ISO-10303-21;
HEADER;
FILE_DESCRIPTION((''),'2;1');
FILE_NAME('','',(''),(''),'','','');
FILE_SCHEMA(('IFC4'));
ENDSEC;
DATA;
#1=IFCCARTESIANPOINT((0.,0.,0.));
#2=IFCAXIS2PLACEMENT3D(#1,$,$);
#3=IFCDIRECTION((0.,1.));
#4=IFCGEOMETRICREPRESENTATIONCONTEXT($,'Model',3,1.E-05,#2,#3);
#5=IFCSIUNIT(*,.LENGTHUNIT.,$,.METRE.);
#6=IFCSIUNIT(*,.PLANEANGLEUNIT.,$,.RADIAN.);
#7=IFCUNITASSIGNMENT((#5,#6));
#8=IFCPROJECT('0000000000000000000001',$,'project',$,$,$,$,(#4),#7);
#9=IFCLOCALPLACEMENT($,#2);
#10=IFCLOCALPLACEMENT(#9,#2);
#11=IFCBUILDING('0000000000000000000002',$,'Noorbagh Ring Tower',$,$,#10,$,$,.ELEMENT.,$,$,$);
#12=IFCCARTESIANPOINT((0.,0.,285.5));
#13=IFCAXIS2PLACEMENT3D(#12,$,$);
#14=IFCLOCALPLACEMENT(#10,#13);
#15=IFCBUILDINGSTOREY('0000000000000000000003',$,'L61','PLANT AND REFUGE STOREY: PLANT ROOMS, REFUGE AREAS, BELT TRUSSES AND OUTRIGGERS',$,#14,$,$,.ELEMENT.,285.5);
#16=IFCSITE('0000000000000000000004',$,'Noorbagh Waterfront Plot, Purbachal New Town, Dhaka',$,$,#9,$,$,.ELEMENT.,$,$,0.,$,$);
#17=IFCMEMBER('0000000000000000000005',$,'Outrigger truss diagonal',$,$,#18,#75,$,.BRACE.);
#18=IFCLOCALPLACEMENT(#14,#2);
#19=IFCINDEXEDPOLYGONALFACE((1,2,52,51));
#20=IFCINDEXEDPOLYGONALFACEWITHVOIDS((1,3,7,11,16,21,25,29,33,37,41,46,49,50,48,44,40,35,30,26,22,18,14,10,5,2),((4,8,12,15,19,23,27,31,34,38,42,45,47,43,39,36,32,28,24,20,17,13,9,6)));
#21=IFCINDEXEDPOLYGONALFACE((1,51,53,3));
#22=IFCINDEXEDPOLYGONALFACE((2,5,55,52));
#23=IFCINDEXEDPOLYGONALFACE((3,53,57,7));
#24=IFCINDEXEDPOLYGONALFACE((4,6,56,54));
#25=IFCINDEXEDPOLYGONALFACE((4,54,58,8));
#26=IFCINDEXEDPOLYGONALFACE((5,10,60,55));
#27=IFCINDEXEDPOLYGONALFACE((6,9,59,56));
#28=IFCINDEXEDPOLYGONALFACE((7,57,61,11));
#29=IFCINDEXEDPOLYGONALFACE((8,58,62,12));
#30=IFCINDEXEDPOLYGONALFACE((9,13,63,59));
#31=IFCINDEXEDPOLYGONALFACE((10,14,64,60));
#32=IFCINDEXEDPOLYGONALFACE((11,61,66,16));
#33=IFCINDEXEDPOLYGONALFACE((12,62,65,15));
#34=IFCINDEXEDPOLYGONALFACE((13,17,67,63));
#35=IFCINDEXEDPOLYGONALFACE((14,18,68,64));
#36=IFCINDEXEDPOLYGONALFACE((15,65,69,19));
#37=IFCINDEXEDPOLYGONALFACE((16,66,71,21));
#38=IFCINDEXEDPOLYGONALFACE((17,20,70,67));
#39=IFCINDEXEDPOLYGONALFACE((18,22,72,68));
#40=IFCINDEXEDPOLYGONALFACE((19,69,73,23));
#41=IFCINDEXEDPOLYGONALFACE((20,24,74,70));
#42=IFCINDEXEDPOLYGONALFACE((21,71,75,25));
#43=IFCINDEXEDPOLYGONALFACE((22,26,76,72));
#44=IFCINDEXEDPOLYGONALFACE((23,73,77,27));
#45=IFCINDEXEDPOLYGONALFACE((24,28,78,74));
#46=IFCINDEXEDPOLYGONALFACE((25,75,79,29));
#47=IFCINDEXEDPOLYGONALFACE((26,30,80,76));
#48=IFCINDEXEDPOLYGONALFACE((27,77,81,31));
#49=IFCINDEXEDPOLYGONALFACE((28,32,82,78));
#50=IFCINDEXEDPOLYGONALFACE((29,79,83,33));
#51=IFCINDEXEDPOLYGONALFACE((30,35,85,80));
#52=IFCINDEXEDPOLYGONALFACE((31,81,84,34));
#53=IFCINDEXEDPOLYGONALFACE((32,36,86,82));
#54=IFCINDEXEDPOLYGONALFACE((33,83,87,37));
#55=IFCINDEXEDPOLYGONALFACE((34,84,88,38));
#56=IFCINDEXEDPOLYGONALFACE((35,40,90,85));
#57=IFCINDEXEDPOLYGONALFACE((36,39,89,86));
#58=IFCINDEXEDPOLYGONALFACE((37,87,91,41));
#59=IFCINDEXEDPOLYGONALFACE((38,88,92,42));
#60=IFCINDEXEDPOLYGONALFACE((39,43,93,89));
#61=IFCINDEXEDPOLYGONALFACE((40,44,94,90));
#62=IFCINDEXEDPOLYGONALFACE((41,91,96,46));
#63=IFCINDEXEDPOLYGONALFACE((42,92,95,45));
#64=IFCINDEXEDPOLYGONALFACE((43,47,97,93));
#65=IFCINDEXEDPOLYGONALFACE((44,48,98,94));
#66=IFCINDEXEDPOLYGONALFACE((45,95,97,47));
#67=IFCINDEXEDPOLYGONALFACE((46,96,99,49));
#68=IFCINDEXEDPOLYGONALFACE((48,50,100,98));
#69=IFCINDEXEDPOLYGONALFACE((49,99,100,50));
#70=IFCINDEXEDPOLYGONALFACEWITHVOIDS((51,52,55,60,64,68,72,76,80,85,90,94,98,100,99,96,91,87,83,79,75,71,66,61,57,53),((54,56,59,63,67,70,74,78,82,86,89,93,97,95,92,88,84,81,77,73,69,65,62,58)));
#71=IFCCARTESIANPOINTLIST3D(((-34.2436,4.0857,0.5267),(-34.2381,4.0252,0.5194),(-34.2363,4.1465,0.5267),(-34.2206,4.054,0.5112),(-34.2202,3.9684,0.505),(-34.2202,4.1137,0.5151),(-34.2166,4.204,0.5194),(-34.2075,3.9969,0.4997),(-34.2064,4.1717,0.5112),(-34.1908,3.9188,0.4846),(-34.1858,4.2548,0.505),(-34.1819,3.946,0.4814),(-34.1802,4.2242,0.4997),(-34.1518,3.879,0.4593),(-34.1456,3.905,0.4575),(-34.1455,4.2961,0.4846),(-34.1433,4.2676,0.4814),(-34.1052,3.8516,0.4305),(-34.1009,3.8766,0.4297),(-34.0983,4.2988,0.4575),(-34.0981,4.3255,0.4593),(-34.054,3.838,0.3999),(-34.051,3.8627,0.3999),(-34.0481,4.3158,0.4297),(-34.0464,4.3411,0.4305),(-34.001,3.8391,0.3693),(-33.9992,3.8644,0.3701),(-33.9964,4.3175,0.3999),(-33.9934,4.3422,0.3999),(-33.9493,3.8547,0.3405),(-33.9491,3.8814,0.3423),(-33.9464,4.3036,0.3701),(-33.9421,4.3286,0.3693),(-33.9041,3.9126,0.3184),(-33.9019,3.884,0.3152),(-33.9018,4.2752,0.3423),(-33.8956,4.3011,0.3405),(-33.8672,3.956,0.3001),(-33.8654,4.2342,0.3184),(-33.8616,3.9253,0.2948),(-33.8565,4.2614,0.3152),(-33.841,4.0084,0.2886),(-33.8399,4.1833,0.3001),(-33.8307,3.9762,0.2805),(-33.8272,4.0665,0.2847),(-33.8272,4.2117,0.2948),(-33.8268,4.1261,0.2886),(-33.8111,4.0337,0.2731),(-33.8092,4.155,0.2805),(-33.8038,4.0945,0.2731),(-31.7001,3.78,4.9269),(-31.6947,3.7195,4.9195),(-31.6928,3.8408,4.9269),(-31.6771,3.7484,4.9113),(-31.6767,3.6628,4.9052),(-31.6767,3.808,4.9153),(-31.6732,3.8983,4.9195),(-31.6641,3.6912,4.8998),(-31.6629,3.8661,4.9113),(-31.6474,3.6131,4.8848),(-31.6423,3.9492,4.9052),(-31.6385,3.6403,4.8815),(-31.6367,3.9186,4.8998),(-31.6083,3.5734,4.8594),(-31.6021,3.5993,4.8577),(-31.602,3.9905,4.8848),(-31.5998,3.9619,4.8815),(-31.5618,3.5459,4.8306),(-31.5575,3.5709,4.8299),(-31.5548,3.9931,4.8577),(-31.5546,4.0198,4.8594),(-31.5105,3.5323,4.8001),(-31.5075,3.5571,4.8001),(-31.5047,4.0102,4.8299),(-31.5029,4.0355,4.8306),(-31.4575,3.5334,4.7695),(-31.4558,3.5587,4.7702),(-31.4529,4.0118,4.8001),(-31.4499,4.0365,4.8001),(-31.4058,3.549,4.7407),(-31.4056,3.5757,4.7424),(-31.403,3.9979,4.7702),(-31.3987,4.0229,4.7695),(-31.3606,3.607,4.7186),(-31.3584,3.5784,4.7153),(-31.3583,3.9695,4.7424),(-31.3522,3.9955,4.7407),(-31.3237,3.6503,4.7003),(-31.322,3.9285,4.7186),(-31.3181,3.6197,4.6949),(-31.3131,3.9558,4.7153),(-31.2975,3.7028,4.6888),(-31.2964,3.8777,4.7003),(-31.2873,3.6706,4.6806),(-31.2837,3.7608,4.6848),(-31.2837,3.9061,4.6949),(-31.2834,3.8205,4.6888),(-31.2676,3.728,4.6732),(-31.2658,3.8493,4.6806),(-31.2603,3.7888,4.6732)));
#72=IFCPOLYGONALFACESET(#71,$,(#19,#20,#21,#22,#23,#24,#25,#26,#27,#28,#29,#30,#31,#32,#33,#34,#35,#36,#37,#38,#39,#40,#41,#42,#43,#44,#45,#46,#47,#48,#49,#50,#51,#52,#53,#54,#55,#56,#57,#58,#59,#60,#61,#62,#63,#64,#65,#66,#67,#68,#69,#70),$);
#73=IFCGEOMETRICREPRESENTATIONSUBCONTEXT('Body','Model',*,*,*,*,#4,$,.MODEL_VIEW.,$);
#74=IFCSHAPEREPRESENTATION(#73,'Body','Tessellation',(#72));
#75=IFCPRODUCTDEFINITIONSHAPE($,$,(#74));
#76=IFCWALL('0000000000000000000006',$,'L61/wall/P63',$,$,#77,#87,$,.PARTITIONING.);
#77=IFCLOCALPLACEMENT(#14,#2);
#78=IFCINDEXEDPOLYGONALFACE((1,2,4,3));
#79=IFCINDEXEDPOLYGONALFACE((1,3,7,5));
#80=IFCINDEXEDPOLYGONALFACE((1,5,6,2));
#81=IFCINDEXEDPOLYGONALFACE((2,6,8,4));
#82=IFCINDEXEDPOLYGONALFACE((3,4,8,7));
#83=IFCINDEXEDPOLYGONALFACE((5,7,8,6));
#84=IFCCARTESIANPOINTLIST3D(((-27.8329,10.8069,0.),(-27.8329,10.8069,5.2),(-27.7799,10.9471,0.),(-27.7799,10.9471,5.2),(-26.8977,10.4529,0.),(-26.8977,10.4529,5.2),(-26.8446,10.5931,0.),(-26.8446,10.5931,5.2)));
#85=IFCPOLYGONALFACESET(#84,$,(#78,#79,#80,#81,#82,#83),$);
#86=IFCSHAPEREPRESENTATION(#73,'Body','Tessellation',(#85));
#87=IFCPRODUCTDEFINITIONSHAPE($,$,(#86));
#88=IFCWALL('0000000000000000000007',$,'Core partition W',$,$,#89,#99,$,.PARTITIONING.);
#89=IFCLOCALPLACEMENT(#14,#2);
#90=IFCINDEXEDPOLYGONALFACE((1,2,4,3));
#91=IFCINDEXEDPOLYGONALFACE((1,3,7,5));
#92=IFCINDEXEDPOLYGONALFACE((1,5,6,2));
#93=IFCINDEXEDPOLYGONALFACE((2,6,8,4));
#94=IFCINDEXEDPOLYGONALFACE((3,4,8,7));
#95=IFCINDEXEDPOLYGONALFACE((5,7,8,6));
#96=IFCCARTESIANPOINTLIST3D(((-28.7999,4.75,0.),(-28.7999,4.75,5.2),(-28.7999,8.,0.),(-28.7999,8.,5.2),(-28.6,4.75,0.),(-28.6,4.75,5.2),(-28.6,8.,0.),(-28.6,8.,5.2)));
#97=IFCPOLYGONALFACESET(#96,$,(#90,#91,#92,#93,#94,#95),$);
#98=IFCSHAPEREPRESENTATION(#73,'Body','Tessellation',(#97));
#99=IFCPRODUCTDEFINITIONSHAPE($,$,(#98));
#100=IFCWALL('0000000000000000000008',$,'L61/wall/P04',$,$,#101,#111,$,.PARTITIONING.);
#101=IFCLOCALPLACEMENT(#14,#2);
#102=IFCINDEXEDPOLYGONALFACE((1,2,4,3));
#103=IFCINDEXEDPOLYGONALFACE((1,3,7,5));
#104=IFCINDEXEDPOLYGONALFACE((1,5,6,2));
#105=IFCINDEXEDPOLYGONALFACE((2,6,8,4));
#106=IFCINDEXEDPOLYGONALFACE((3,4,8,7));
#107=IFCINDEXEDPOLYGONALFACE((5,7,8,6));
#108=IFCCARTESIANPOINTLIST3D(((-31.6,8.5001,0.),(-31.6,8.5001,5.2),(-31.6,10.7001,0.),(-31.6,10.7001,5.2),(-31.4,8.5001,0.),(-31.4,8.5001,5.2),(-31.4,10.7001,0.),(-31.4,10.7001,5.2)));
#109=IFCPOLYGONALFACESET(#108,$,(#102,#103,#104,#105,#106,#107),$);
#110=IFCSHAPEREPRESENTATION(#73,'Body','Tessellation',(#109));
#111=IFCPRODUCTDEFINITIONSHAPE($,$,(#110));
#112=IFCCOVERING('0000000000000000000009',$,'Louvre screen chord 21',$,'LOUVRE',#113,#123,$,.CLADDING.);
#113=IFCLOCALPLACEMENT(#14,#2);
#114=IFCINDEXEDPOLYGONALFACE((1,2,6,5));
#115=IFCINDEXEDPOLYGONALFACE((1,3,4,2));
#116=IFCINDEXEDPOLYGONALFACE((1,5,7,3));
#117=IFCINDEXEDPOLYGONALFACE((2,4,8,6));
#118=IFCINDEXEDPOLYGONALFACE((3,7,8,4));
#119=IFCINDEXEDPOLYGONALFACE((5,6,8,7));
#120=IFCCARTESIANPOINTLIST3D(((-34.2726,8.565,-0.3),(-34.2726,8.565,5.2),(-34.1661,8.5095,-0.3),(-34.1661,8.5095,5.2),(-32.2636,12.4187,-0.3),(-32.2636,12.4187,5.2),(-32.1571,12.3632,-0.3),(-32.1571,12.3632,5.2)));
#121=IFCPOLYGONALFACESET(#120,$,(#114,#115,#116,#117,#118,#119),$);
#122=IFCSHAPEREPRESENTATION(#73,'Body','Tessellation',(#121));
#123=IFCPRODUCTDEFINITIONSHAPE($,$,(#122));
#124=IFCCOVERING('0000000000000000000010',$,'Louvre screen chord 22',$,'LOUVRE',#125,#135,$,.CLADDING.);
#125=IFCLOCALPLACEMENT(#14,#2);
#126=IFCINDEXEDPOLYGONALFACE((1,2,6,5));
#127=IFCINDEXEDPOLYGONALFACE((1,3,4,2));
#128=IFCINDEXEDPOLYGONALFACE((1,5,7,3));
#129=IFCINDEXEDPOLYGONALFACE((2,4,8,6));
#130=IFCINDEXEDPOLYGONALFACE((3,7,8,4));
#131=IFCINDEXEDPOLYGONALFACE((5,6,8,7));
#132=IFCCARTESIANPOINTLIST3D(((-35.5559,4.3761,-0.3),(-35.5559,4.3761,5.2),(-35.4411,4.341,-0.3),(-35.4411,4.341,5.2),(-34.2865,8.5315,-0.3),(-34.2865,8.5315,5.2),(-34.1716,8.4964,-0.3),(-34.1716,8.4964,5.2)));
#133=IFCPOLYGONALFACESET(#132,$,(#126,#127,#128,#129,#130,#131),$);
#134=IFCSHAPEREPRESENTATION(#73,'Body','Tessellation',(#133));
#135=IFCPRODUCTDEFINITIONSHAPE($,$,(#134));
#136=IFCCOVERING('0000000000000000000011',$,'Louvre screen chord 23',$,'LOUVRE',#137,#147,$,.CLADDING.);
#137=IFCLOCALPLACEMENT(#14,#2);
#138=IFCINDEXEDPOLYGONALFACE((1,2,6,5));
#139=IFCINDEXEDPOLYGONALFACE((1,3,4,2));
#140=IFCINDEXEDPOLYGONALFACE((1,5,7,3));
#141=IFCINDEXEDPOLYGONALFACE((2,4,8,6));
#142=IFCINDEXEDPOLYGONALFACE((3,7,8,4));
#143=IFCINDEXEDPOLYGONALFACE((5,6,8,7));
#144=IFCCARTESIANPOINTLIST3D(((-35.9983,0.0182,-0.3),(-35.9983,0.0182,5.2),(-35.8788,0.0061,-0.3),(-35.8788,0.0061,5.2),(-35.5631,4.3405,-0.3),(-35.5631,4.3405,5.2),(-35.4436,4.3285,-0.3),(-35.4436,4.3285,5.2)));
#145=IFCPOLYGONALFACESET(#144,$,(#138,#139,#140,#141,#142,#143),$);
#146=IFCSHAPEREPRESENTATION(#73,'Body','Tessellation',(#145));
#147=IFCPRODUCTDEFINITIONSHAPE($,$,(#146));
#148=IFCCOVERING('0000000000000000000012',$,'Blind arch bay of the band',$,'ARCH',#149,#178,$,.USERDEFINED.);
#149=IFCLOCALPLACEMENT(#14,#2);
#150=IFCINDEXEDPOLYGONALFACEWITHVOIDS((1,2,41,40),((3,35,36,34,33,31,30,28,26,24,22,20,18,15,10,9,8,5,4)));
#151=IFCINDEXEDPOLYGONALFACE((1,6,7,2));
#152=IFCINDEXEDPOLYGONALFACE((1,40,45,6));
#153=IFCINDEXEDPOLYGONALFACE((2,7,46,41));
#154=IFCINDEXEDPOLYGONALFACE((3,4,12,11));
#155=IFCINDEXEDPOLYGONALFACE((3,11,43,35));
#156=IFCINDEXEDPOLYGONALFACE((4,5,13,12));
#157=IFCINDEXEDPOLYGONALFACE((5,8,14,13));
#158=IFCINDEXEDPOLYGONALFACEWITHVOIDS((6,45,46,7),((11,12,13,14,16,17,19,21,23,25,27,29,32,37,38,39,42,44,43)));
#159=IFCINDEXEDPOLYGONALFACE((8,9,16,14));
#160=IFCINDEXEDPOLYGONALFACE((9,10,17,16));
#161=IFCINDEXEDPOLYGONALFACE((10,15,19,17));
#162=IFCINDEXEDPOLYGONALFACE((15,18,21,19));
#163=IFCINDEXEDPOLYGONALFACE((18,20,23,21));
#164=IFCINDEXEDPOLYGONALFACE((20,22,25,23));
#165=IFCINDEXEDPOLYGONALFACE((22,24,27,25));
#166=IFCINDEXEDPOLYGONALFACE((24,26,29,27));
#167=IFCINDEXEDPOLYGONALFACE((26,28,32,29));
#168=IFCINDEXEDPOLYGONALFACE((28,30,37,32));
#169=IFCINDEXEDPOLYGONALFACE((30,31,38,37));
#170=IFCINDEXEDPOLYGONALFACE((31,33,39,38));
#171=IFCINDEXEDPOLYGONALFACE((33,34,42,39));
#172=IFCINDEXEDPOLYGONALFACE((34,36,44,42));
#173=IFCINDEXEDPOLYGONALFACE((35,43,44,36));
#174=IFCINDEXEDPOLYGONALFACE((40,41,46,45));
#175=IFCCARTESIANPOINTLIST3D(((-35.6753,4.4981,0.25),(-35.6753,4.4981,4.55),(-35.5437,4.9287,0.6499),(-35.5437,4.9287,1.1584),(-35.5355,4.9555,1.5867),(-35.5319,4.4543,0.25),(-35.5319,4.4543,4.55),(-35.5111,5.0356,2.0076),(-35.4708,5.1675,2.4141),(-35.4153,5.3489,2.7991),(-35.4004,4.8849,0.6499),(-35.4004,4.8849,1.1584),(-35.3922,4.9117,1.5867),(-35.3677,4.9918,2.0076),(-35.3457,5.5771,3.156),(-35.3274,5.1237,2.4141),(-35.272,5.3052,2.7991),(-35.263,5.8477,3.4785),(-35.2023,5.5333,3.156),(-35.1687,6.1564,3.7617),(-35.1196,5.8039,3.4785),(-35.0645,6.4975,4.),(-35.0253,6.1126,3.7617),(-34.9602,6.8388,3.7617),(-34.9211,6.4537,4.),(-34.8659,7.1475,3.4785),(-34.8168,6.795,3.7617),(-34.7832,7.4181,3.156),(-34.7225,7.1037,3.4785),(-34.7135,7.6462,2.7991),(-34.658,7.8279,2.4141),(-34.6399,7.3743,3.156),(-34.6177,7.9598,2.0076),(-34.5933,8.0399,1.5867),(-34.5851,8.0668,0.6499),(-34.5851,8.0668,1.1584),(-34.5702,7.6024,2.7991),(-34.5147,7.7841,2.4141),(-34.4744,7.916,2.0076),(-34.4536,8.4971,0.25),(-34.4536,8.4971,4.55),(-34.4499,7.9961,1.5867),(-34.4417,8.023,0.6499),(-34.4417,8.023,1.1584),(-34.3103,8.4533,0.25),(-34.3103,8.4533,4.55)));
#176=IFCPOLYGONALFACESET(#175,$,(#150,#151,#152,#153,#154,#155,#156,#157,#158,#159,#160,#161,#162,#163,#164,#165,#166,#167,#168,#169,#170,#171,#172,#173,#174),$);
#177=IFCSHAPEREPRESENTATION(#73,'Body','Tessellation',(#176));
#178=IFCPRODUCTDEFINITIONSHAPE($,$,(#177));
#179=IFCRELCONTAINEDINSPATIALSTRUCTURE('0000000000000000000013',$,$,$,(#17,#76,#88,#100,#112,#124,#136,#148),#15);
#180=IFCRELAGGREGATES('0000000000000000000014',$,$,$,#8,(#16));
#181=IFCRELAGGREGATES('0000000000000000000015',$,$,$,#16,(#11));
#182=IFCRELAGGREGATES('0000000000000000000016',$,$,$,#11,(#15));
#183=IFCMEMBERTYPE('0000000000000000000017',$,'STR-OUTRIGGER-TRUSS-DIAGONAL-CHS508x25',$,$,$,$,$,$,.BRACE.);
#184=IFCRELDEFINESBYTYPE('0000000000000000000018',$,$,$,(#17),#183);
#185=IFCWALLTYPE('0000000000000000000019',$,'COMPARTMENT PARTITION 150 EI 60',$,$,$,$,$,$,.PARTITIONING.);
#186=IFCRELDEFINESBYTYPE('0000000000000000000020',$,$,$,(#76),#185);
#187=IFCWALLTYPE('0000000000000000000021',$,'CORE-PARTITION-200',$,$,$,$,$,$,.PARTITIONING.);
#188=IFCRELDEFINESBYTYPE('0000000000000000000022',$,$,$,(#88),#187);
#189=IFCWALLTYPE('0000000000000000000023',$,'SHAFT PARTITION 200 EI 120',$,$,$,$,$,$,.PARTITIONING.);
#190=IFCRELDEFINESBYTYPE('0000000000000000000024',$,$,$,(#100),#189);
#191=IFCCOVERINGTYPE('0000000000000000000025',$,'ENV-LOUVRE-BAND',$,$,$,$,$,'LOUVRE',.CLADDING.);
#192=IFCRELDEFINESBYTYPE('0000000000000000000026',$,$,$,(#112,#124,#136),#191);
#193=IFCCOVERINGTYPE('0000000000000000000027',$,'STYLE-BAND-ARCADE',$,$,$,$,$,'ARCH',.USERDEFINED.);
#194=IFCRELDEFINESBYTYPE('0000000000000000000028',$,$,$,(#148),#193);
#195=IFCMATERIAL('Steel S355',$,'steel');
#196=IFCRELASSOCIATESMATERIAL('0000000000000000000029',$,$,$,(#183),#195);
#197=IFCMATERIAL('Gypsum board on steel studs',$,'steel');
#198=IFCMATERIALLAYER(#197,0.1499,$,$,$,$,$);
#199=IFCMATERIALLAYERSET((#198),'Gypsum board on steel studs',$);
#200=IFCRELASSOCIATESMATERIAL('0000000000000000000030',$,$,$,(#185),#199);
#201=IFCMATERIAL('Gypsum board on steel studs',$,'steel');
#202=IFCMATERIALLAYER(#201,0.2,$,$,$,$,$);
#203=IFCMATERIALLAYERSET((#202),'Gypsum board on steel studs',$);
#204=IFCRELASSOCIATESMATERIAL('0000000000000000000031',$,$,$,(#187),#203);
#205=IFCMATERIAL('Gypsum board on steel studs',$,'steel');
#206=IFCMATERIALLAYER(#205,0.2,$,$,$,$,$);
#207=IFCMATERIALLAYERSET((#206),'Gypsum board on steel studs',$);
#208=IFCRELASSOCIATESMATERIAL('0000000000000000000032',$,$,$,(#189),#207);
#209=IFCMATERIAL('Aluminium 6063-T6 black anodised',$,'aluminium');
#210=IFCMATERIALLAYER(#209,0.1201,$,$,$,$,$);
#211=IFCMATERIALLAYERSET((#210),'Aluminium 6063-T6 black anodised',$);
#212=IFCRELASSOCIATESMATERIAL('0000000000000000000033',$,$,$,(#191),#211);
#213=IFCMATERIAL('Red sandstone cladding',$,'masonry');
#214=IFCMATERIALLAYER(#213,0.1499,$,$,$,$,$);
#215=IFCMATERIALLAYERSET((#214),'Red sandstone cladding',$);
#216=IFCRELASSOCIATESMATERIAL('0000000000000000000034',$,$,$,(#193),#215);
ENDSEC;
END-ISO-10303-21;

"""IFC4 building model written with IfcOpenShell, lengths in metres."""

from ifc_helpers import new_model, si_unit, direction, frame, frame_2d, origin, origin_2d, place, context, subcontext, project, spatial, polyline, rectangle, hollow_circle, outline, extrude, material, layer, layer_set, material_profile, profile_set, type_object, element, save


model = new_model("IFC4")

# Units and contexts
model_context = context("Model", 3, precision=1e-05, world=origin(), true_north=direction((0.0, 1.0)))
body_context = subcontext(model_context, "Body", "Model", "MODEL_VIEW")
ifc_project = project(units=[si_unit("LENGTHUNIT", "METRE"), si_unit("PLANEANGLEUNIT", "RADIAN")], contexts=[model_context])

# Site, building, storey
site_placement = place(None, origin())
site = spatial("IfcSite", under=ifc_project, at=site_placement, Name="Noorbagh Waterfront Plot, Purbachal New Town, Dhaka", CompositionType="ELEMENT", RefElevation=0.0)
building_placement = place(site_placement, origin())
building = spatial("IfcBuilding", under=site, at=building_placement, Name="Noorbagh Ring Tower", CompositionType="ELEMENT")
storey_placement = place(building_placement, frame((0.0, 0.0, 285.5)))
storey = spatial("IfcBuildingStorey", under=building, at=storey_placement, Name="L61", Description="PLANT AND REFUGE STOREY: PLANT ROOMS, REFUGE AREAS, BELT TRUSSES AND OUTRIGGERS", CompositionType="ELEMENT", Elevation=285.5)

# Member
ifc_material_1 = material(Name="Steel S355", Category="steel")
ifc_material_profile_1 = material_profile(ifc_material_1, hollow_circle(Radius=0.2539, WallThickness=0.0249, at=origin_2d()), Name="CHS508x25")
ifc_profile_set_1 = profile_set([ifc_material_profile_1], Name="Steel S355")
member_type_1 = type_object("IfcMemberType", Name="STR-OUTRIGGER-TRUSS-DIAGONAL-CHS508x25", PredefinedType="BRACE", material=ifc_profile_set_1)
member_1_placement = place(storey_placement, frame((-34.0237, 4.0901, 0.3999), z_axis=(0.499545, -0.060034, 0.864205), x_axis=(0.119318, 0.992856, 0.0)))
element("IfcMember", 1, at=member_1_placement, inside=storey, type_object=member_type_1, Name="Outrigger truss diagonal", PredefinedType="BRACE", context=body_context, shape_type="SweptSolid", body=[
    extrude(hollow_circle(Radius=0.2539, WallThickness=0.0249, at=origin_2d()), origin(), (0.0, 0.0, 1.0), 5.0916),
])

# Walls
ifc_material_2 = material(Name="Gypsum board on steel studs", Category="steel")
ifc_layer_1 = layer(ifc_material_2, 0.1499)
ifc_layer_set_1 = layer_set([ifc_layer_1], Name="Gypsum board on steel studs")
wall_type_1 = type_object("IfcWallType", Name="COMPARTMENT PARTITION 150 EI 60", PredefinedType="PARTITIONING", material=ifc_layer_set_1)
wall_1_placement = place(storey_placement, frame((-27.8064, 10.877, 0.0), z_axis=(0.0, 0.0, 1.0), x_axis=(0.935251, -0.353984, 0.0)))
element("IfcWall", 2, at=wall_1_placement, inside=storey, type_object=wall_type_1, Name="L61/wall/P63", PredefinedType="PARTITIONING", context=body_context, shape_type="SweptSolid", body=[
    extrude(rectangle(XDim=1.0, YDim=0.1499, at=frame_2d((0.5, 0.0))), origin(), (0.0, 0.0, 1.0), 5.2),
])
ifc_material_3 = material(Name="Gypsum board on steel studs", Category="steel")
ifc_layer_2 = layer(ifc_material_3, 0.2)
ifc_layer_set_2 = layer_set([ifc_layer_2], Name="Gypsum board on steel studs")
wall_type_2 = type_object("IfcWallType", Name="CORE-PARTITION-200", PredefinedType="PARTITIONING", material=ifc_layer_set_2)
wall_2_placement = place(storey_placement, frame((-28.7, 4.75, 0.0), z_axis=(0.0, 0.0, 1.0), x_axis=(0.0, 1.0, 0.0)))
element("IfcWall", 3, at=wall_2_placement, inside=storey, type_object=wall_type_2, Name="Core partition W", PredefinedType="PARTITIONING", context=body_context, shape_type="SweptSolid", body=[
    extrude(rectangle(XDim=3.25, YDim=0.2, at=frame_2d((1.625, 0.0))), origin(), (0.0, 0.0, 1.0), 5.2),
])
ifc_material_4 = material(Name="Gypsum board on steel studs", Category="steel")
ifc_layer_3 = layer(ifc_material_4, 0.2)
ifc_layer_set_3 = layer_set([ifc_layer_3], Name="Gypsum board on steel studs")
wall_type_3 = type_object("IfcWallType", Name="SHAFT PARTITION 200 EI 120", PredefinedType="PARTITIONING", material=ifc_layer_set_3)
wall_3_placement = place(storey_placement, frame((-31.5, 8.5, 0.0), z_axis=(0.0, 0.0, 1.0), x_axis=(0.0, 1.0, 0.0)))
element("IfcWall", 4, at=wall_3_placement, inside=storey, type_object=wall_type_3, Name="L61/wall/P04", PredefinedType="PARTITIONING", context=body_context, shape_type="SweptSolid", body=[
    extrude(rectangle(XDim=2.2, YDim=0.2, at=frame_2d((1.1001, 0.0))), origin(), (0.0, 0.0, 1.0), 5.2),
])

# Coverings
ifc_material_5 = material(Name="Aluminium 6063-T6 black anodised", Category="aluminium")
ifc_layer_4 = layer(ifc_material_5, 0.1201)
ifc_layer_set_4 = layer_set([ifc_layer_4], Name="Aluminium 6063-T6 black anodised")
covering_type_1 = type_object("IfcCoveringType", Name="ENV-LOUVRE-BAND", ElementType="LOUVRE", PredefinedType="CLADDING", material=ifc_layer_set_4)
covering_1_placement = place(storey_placement, frame((-33.2148, 10.4641, -0.3), z_axis=(0.0, 0.0, 1.0), x_axis=(-0.462278, -0.886735, 0.0)))
element("IfcCovering", 5, at=covering_1_placement, inside=storey, type_object=covering_type_1, Name="Louvre screen chord 21", ObjectType="LOUVRE", PredefinedType="CLADDING", context=body_context, shape_type="SweptSolid", body=[
    extrude(rectangle(XDim=4.3459, YDim=0.1201, at=origin_2d()), origin(), (0.0, 0.0, 1.0), 5.5),
])
covering_2_placement = place(storey_placement, frame((-34.8638, 6.4363, -0.3), z_axis=(0.0, 0.0, 1.0), x_axis=(-0.29217, -0.956366, 0.0)))
element("IfcCovering", 6, at=covering_2_placement, inside=storey, type_object=covering_type_1, Name="Louvre screen chord 22", ObjectType="LOUVRE", PredefinedType="CLADDING", context=body_context, shape_type="SweptSolid", body=[
    extrude(rectangle(XDim=4.345, YDim=0.1201, at=origin_2d()), origin(), (0.0, 0.0, 1.0), 5.5),
])
covering_3_placement = place(storey_placement, frame((-35.7209, 2.1733, -0.3), z_axis=(0.0, 0.0, 1.0), x_axis=(-0.100178, -0.99497, 0.0)))
element("IfcCovering", 7, at=covering_3_placement, inside=storey, type_object=covering_type_1, Name="Louvre screen chord 23", ObjectType="LOUVRE", PredefinedType="CLADDING", context=body_context, shape_type="SweptSolid", body=[
    extrude(rectangle(XDim=4.3442, YDim=0.1201, at=origin_2d()), origin(), (0.0, 0.0, 1.0), 5.5),
])
ifc_material_6 = material(Name="Red sandstone cladding", Category="masonry")
ifc_layer_5 = layer(ifc_material_6, 0.1499)
ifc_layer_set_5 = layer_set([ifc_layer_5], Name="Red sandstone cladding")
covering_type_2 = type_object("IfcCoveringType", Name="STYLE-BAND-ARCADE", ElementType="ARCH", PredefinedType="USERDEFINED", material=ifc_layer_set_5)
covering_4_placement = place(storey_placement, frame((-34.4536, 8.4971, 0.25), z_axis=(-0.956368, 0.292165, 0.0), x_axis=(-0.292165, -0.956368, 0.0)))
element("IfcCovering", 8, at=covering_4_placement, inside=storey, type_object=covering_type_2, Name="Blind arch bay of the band", ObjectType="ARCH", PredefinedType="USERDEFINED", context=body_context, shape_type="SweptSolid", body=[
    extrude(outline(polyline([(0.0, 0.0), (4.1814, 0.0), (4.1814, 4.3), (0.0, 4.3), (0.0, 0.0)]), holes=[polyline([(0.45, 0.3999), (0.45, 0.9084), (0.478, 1.3367), (0.5618, 1.7576), (0.6997, 2.1641), (0.8896, 2.5491), (1.1282, 2.906), (1.4111, 3.2285), (1.7339, 3.5117), (2.0908, 3.75), (2.4475, 3.5117), (2.7703, 3.2285), (3.0532, 2.906), (3.2917, 2.5491), (3.4814, 2.1641), (3.6194, 1.7576), (3.7031, 1.3367), (3.7312, 0.9084), (3.7312, 0.3999), (0.45, 0.3999)])]), origin(), (0.0, 0.0, -1.0), 0.1499),
])

save(model, "model.ifc")
